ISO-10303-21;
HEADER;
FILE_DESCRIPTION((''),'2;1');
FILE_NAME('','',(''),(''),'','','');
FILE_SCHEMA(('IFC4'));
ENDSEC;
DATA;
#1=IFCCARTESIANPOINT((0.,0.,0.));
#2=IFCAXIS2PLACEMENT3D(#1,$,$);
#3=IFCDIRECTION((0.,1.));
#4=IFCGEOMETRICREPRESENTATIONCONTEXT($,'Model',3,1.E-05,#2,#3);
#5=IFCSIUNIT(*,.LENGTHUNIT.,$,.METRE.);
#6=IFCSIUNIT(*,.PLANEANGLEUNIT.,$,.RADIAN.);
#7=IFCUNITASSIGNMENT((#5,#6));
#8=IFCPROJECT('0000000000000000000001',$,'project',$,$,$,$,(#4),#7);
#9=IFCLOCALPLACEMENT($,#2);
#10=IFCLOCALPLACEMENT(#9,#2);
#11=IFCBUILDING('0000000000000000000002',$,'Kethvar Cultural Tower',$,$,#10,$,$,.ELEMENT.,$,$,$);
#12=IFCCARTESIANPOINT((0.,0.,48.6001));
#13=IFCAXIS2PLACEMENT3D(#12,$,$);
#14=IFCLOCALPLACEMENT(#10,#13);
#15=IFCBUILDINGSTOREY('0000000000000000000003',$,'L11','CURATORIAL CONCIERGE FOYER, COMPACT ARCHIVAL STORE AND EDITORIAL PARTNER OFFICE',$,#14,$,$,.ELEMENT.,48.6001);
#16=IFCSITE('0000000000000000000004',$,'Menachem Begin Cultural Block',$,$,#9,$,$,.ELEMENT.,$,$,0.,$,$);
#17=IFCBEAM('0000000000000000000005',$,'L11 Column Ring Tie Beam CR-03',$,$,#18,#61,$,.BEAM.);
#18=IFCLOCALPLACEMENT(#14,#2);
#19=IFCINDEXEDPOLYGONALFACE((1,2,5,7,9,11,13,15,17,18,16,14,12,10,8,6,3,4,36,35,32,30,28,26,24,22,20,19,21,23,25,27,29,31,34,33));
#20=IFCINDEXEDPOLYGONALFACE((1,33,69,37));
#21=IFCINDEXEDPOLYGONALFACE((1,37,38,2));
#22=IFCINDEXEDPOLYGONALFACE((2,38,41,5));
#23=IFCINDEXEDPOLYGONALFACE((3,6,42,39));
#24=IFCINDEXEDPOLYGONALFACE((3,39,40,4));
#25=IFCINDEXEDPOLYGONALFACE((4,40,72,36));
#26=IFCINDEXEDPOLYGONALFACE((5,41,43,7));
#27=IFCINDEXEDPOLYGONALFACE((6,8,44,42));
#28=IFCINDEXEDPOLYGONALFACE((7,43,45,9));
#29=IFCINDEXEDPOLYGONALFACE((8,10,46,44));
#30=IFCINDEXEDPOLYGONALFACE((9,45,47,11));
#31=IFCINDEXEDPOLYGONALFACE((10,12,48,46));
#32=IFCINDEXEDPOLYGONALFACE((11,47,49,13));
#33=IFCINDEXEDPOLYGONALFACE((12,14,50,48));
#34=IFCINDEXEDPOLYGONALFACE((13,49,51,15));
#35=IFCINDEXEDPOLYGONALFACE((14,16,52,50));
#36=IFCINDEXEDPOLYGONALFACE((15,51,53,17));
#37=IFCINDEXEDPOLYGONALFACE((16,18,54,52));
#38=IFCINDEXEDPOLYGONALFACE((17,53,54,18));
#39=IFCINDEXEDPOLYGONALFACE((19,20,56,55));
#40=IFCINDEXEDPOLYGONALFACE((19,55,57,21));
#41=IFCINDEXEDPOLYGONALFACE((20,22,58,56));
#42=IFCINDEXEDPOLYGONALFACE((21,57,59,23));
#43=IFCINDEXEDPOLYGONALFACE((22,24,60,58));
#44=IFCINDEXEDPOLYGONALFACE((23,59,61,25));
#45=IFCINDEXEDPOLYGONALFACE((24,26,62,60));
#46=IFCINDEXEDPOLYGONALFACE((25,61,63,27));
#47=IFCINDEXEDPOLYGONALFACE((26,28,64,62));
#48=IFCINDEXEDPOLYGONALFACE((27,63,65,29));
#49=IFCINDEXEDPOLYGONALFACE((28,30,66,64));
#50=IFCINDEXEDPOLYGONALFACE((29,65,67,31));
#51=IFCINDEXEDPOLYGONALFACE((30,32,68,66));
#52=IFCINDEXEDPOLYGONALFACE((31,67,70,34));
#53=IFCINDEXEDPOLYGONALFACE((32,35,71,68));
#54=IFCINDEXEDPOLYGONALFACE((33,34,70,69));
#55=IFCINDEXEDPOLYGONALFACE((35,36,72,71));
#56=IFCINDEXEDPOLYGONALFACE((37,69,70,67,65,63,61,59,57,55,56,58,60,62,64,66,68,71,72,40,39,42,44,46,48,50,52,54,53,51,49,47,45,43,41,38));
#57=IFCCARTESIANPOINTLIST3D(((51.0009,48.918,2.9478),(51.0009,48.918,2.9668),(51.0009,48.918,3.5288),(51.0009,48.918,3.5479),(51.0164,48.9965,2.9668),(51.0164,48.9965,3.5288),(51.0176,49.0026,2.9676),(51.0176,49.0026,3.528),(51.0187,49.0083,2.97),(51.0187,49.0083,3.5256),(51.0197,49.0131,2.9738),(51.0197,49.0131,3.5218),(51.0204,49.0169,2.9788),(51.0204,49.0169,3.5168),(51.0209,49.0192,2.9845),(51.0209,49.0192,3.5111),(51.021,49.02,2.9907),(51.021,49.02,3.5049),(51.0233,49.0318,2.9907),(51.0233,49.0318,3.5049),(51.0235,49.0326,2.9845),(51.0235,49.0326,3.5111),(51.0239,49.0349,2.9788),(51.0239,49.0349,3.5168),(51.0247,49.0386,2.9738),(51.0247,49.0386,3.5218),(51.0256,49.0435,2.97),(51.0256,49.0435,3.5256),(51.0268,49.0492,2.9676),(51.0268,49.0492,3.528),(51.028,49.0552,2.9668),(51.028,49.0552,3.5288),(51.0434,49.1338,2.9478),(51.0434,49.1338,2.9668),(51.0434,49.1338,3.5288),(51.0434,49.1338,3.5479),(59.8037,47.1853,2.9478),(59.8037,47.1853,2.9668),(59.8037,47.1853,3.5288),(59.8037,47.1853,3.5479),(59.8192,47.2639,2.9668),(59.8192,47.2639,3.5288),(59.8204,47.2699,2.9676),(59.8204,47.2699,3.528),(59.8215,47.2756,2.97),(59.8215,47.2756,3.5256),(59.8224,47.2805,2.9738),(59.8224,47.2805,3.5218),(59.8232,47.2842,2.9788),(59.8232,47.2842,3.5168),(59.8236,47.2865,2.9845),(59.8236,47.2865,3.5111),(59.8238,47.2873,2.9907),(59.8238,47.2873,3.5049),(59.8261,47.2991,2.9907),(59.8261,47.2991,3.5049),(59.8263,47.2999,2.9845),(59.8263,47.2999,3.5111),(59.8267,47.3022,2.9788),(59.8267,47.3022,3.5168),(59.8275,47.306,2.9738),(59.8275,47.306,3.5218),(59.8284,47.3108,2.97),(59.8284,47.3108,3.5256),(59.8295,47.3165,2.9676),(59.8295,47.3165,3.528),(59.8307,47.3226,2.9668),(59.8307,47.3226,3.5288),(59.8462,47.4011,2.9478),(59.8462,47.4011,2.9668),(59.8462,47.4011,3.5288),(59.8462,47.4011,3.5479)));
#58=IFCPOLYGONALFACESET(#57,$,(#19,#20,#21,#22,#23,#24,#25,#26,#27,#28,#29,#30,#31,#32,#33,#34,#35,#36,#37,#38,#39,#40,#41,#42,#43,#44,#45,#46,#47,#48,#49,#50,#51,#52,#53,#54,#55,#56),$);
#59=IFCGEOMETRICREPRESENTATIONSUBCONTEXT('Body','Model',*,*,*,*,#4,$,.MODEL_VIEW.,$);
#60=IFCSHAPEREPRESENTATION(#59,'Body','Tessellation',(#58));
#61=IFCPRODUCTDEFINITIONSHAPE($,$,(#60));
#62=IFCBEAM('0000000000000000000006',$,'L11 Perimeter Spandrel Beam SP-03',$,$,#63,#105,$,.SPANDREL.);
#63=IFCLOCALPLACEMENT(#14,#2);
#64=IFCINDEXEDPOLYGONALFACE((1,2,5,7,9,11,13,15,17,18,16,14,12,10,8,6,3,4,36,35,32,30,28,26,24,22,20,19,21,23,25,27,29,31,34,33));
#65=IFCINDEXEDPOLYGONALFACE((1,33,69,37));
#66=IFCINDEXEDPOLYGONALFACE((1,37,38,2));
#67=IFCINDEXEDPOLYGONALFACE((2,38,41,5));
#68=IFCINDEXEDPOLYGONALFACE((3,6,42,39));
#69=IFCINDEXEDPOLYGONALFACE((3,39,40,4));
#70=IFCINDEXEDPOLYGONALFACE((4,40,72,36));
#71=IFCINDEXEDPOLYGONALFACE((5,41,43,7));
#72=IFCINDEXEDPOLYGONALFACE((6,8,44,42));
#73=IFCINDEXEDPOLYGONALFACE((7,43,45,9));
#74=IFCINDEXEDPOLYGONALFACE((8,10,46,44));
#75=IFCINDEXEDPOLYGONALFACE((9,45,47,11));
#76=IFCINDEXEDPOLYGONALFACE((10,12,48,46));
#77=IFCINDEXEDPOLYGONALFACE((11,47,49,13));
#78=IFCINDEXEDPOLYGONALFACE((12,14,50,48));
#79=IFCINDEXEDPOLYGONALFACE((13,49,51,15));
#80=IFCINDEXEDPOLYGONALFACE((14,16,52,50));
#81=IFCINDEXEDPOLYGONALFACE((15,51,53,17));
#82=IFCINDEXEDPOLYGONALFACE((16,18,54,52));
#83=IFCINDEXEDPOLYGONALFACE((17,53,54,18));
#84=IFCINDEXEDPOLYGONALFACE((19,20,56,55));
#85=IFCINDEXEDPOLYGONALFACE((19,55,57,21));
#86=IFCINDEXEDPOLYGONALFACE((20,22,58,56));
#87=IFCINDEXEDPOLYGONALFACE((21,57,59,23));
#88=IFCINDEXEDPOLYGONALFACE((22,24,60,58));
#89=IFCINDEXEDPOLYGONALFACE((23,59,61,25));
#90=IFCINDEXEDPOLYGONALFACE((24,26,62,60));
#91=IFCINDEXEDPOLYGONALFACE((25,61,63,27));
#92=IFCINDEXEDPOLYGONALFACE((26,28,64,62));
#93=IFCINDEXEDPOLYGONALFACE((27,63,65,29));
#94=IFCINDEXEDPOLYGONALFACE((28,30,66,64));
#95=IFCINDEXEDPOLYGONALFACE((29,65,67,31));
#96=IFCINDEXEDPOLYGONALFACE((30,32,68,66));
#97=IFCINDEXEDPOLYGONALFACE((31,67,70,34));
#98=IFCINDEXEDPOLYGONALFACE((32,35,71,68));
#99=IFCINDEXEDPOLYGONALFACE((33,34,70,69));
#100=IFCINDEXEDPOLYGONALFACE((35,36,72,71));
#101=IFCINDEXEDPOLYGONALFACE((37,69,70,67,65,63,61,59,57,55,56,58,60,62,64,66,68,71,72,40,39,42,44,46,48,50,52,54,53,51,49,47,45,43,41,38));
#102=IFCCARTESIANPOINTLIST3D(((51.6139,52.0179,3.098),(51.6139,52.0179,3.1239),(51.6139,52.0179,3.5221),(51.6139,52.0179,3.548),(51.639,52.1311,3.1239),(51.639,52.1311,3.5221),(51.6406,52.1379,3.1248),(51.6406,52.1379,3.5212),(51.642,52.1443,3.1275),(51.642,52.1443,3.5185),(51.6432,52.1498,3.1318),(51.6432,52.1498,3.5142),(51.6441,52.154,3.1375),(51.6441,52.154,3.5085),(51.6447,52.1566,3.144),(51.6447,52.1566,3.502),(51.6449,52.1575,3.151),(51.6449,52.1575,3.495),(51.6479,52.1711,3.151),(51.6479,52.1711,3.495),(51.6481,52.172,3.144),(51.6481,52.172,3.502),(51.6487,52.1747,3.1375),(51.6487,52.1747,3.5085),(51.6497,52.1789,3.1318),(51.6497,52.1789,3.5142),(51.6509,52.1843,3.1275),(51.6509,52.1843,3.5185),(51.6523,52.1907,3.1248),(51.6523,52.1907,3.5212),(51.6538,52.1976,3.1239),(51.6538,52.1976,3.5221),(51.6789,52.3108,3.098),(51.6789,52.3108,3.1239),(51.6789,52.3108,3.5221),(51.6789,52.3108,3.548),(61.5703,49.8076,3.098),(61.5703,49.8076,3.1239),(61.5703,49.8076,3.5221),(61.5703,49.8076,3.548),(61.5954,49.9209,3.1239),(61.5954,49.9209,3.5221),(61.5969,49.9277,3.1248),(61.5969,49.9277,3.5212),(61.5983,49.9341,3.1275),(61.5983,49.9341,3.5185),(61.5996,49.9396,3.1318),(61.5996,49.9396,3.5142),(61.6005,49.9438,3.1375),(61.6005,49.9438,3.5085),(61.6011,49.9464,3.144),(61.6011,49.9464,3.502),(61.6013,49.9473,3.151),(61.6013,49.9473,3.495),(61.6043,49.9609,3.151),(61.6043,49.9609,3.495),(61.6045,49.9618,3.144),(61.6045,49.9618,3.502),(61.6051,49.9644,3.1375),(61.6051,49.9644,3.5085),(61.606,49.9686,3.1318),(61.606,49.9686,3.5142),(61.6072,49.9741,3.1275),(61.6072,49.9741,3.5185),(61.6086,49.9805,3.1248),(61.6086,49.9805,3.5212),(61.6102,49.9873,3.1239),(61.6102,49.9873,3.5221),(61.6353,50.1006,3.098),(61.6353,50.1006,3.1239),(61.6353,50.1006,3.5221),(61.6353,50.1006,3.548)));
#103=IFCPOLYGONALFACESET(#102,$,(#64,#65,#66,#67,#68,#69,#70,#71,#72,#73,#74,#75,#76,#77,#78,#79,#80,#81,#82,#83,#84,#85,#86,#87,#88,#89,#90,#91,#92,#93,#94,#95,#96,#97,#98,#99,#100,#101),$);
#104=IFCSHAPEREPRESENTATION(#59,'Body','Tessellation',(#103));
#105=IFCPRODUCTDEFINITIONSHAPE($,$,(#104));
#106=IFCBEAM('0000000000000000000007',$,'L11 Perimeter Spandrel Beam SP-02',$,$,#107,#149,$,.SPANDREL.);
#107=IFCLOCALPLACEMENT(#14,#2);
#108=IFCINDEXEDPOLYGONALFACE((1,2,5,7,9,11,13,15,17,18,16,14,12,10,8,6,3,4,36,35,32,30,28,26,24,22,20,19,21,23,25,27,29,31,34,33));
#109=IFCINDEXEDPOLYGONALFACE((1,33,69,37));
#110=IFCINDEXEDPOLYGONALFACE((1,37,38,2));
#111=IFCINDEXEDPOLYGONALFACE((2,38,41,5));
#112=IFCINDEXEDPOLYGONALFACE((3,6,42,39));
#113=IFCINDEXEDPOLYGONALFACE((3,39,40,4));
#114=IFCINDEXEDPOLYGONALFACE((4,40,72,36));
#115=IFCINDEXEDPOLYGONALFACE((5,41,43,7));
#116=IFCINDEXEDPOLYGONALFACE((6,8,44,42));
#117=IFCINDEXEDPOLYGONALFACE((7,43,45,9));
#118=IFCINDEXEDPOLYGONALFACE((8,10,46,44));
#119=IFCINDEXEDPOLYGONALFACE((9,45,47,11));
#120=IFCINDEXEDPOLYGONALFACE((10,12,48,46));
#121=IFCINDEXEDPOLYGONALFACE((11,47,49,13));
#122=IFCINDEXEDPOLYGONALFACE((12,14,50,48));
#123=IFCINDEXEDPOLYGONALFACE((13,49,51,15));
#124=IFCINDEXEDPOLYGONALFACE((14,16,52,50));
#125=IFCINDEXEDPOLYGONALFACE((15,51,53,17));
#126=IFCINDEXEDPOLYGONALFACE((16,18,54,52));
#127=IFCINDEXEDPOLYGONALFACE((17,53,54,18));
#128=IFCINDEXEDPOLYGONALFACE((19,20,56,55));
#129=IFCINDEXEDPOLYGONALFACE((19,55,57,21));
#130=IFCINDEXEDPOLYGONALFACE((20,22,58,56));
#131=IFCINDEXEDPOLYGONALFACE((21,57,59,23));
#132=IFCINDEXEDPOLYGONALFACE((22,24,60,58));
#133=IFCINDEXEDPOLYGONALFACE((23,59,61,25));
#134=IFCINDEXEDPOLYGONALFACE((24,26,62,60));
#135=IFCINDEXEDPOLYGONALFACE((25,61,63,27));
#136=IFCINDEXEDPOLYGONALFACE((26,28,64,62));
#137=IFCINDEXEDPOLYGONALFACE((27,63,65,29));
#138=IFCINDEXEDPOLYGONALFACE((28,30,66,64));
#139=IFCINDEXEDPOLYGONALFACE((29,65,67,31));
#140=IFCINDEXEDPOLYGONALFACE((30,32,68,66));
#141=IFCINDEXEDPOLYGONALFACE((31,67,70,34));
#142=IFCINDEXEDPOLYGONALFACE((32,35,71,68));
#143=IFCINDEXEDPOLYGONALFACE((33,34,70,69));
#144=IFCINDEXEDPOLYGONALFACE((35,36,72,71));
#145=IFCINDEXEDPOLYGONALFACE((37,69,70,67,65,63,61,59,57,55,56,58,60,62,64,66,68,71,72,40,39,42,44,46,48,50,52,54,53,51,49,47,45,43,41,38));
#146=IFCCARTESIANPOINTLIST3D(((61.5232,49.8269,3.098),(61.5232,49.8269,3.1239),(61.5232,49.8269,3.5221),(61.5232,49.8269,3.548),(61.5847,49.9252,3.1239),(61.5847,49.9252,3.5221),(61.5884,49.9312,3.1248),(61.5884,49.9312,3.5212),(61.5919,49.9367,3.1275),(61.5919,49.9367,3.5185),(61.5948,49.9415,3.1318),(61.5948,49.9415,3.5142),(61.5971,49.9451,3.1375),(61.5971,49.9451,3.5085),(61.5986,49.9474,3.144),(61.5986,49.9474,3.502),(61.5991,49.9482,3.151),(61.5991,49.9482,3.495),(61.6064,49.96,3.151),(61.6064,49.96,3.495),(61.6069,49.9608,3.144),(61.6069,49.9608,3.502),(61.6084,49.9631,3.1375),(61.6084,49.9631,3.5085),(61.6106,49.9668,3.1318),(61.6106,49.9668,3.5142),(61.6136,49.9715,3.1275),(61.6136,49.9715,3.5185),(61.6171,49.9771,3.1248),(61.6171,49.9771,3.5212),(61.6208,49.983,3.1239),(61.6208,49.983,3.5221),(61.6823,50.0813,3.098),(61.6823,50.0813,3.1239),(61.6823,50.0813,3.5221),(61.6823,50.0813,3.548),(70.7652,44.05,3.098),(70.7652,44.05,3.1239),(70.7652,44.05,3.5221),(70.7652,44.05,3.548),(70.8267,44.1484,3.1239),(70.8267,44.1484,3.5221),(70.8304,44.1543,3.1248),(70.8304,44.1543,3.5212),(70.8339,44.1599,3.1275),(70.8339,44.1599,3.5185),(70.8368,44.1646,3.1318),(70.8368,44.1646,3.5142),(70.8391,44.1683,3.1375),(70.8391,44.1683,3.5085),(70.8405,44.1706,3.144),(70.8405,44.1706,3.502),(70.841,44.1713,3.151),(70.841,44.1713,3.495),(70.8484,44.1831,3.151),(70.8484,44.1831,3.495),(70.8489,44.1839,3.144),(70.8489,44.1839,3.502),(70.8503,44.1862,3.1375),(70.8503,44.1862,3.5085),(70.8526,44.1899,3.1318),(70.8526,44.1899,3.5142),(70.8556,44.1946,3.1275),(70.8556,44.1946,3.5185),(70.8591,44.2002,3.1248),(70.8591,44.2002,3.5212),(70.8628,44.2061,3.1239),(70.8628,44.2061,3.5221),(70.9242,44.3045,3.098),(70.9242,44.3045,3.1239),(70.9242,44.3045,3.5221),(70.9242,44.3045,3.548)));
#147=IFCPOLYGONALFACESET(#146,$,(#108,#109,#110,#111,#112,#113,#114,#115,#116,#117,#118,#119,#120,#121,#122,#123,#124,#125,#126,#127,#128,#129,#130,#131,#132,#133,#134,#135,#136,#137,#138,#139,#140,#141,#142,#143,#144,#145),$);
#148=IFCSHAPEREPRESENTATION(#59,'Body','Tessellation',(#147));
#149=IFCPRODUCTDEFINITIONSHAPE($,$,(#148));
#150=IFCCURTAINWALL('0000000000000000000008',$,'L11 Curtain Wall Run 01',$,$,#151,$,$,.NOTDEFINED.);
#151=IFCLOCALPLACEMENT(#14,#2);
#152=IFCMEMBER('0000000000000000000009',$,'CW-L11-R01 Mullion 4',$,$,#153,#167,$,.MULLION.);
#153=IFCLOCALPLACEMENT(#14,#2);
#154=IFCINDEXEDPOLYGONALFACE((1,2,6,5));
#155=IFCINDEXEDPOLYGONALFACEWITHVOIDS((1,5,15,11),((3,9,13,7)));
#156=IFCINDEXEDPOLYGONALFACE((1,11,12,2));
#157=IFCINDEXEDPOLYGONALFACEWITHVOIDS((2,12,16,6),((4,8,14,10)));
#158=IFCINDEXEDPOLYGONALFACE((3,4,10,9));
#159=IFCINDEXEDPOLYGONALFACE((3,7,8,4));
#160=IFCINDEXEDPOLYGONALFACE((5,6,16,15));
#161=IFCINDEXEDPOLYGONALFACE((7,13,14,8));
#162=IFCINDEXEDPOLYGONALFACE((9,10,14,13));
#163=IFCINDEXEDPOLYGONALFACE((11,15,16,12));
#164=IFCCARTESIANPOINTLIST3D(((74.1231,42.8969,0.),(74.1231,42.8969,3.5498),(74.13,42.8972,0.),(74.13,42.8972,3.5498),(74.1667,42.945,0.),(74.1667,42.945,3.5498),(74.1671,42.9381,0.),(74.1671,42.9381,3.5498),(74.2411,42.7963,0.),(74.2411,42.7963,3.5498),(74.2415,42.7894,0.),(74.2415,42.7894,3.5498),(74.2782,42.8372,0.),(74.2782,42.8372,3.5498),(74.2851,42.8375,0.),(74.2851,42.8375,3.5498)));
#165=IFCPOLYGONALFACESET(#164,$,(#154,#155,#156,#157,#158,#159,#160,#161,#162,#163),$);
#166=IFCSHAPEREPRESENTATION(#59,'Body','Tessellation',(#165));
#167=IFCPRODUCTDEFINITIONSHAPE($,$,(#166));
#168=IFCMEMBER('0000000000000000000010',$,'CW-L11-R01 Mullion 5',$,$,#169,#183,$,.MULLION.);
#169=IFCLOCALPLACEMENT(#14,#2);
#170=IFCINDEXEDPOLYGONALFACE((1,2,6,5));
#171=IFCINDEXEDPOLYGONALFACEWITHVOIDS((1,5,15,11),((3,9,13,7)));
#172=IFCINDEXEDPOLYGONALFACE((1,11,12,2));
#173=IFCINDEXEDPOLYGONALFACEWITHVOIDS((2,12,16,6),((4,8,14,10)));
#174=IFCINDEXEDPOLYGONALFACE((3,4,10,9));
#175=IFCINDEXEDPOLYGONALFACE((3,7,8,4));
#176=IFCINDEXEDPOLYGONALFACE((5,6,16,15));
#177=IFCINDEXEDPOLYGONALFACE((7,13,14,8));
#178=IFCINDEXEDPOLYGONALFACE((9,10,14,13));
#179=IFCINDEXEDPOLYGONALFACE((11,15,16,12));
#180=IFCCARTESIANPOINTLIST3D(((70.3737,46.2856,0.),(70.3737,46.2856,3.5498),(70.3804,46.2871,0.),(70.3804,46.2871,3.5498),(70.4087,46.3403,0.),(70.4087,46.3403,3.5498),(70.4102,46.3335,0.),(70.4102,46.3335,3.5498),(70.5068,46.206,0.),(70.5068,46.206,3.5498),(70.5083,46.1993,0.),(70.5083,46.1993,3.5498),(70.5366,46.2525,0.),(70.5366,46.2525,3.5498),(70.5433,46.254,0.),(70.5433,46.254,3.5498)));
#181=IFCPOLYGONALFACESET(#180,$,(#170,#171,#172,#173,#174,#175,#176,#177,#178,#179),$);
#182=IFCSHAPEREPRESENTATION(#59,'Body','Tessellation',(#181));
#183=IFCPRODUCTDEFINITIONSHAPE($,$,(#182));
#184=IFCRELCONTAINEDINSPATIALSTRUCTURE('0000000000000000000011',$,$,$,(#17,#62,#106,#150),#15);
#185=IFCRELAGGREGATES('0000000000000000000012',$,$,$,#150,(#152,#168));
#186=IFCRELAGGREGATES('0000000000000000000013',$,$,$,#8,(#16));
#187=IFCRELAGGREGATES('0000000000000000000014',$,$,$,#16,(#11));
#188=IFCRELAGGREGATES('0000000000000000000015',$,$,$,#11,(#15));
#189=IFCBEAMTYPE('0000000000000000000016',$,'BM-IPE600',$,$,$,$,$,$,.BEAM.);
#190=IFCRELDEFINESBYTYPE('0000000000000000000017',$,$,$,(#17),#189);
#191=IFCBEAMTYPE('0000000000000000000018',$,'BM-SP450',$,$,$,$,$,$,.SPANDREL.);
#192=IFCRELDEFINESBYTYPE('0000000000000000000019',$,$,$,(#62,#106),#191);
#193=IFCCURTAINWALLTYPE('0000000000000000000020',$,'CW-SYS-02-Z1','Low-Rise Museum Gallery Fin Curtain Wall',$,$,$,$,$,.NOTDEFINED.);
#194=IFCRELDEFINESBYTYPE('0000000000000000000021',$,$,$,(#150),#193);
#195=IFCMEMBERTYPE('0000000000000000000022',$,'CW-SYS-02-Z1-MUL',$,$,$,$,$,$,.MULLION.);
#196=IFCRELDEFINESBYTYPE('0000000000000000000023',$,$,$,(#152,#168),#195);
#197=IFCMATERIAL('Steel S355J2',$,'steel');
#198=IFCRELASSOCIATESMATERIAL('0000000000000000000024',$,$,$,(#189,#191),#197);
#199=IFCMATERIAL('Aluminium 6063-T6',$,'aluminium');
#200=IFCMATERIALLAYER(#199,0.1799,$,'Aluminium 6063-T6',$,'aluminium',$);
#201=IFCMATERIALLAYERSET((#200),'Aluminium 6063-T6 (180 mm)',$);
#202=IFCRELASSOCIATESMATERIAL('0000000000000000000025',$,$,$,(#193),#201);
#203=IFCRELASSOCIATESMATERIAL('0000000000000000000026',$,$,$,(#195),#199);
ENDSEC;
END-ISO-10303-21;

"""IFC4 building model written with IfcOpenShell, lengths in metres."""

from ifc_helpers import new_model, si_unit, direction, frame, origin, origin_2d, place, context, subcontext, project, spatial, hollow_rectangle, i_section, extrude, source, transform, mapped, material, layer, layer_set, material_profile, profile_set, type_object, element, aggregate, save


model = new_model("IFC4")

# Units and contexts
model_context = context("Model", 3, precision=1e-05, world=origin(), true_north=direction((0.0, 1.0)))
body_context = subcontext(model_context, "Body", "Model", "MODEL_VIEW")
ifc_project = project(units=[si_unit("LENGTHUNIT", "METRE"), si_unit("PLANEANGLEUNIT", "RADIAN")], contexts=[model_context])

# Site, building, storey
site_placement = place(None, origin())
site = spatial("IfcSite", under=ifc_project, at=site_placement, Name="Menachem Begin Cultural Block", CompositionType="ELEMENT", RefElevation=0.0)
building_placement = place(site_placement, origin())
building = spatial("IfcBuilding", under=site, at=building_placement, Name="Kethvar Cultural Tower", CompositionType="ELEMENT")
storey_placement = place(building_placement, frame((0.0, 0.0, 48.6001)))
storey = spatial("IfcBuildingStorey", under=building, at=storey_placement, Name="L11", Description="CURATORIAL CONCIERGE FOYER, COMPACT ARCHIVAL STORE AND EDITORIAL PARTNER OFFICE", CompositionType="ELEMENT", Elevation=48.6001)

# Beams
ifc_material_1 = material(Name="Steel S355J2", Category="steel")
ifc_material_profile_1 = material_profile(ifc_material_1, i_section(OverallWidth=0.22, OverallDepth=0.6001, WebThickness=0.012, FlangeThickness=0.019, FilletRadius=0.0239, at=origin_2d()), Name="Steel S355J2 — IPE600")
ifc_profile_set_1 = profile_set([ifc_material_profile_1], Name="Steel S355J2 — IPE600")
beam_type_1 = type_object("IfcBeamType", Name="BM-IPE600", PredefinedType="BEAM", material=ifc_profile_set_1)
shared_shape_1 = source(origin(), body_context, "Body", "SweptSolid", [
    extrude(i_section(OverallWidth=0.22, OverallDepth=0.6001, WebThickness=0.012, FlangeThickness=0.019, FilletRadius=0.0239, at=origin_2d()), origin(), (0.0, 0.0, 1.0), 8.9717),
])
beam_1_placement = place(storey_placement, frame((59.825, 47.2932, 3.2478), z_axis=(-0.981174, 0.193127, 0.0), x_axis=(-0.193127, -0.981174, 0.0)))
element("IfcBeam", 1, at=beam_1_placement, inside=storey, type_object=beam_type_1, Name="L11 Column Ring Tie Beam CR-03", PredefinedType="BEAM", context=body_context, shape_type="MappedRepresentation", body=[
    mapped(shared_shape_1, transform((0.0, 0.0, 0.0), scale=1.0)),
])
ifc_material_profile_2 = material_profile(ifc_material_1, i_section(OverallWidth=0.3, OverallDepth=0.45, WebThickness=0.0139, FlangeThickness=0.0259, FilletRadius=0.0271, at=origin_2d()), Name="Steel S355J2 — HEB450")
ifc_profile_set_2 = profile_set([ifc_material_profile_2], Name="Steel S355J2 — HEB450")
beam_type_2 = type_object("IfcBeamType", Name="BM-SP450", PredefinedType="SPANDREL", material=ifc_profile_set_2)
shared_shape_2 = source(origin(), body_context, "Body", "SweptSolid", [
    extrude(i_section(OverallWidth=0.3, OverallDepth=0.45, WebThickness=0.0139, FlangeThickness=0.0259, FilletRadius=0.0271, at=origin_2d()), origin(), (0.0, 0.0, 1.0), 10.1987),
])
beam_2_placement = place(storey_placement, frame((61.6028, 49.9541, 3.323), z_axis=(-0.976235, 0.216715, 0.0), x_axis=(-0.216715, -0.976235, 0.0)))
element("IfcBeam", 2, at=beam_2_placement, inside=storey, type_object=beam_type_2, Name="L11 Perimeter Spandrel Beam SP-03", PredefinedType="SPANDREL", context=body_context, shape_type="MappedRepresentation", body=[
    mapped(shared_shape_2, transform((0.0, 0.0, 0.0), scale=1.0)),
])
shared_shape_3 = source(origin(), body_context, "Body", "SweptSolid", [
    extrude(i_section(OverallWidth=0.3, OverallDepth=0.45, WebThickness=0.0139, FlangeThickness=0.0259, FilletRadius=0.0271, at=origin_2d()), origin(), (0.0, 0.0, 1.0), 10.8989),
])
beam_3_placement = place(storey_placement, frame((70.8447, 44.1772, 3.323), z_axis=(-0.847972, 0.530041, 0.0), x_axis=(-0.530041, -0.847972, 0.0)))
element("IfcBeam", 3, at=beam_3_placement, inside=storey, type_object=beam_type_2, Name="L11 Perimeter Spandrel Beam SP-02", PredefinedType="SPANDREL", context=body_context, shape_type="MappedRepresentation", body=[
    mapped(shared_shape_3, transform((0.0, 0.0, 0.0), scale=1.0)),
])

# Curtain wall, members
ifc_material_2 = material(Name="Aluminium 6063-T6", Category="aluminium")
ifc_layer_1 = layer(ifc_material_2, 0.1799, Name="Aluminium 6063-T6", Category="aluminium")
ifc_layer_set_1 = layer_set([ifc_layer_1], Name="Aluminium 6063-T6 (180 mm)")
curtain_wall_type = type_object("IfcCurtainWallType", Name="CW-SYS-02-Z1", Description="Low-Rise Museum Gallery Fin Curtain Wall", PredefinedType="NOTDEFINED", material=ifc_layer_set_1)
curtain_wall_1_placement = place(storey_placement, origin())
curtain_wall_1 = element("IfcCurtainWall", 4, at=curtain_wall_1_placement, inside=storey, type_object=curtain_wall_type, Name="L11 Curtain Wall Run 01", PredefinedType="NOTDEFINED")
ifc_material_profile_3 = material_profile(ifc_material_2, hollow_rectangle(XDim=0.0649, YDim=0.1599, WallThickness=0.0049, at=origin_2d()), Name="Aluminium 6063-T6 — RHS160x65x5")
ifc_profile_set_3 = profile_set([ifc_material_profile_3], Name="Aluminium 6063-T6 — RHS160x65x5")
member_type_1 = type_object("IfcMemberType", Name="CW-SYS-02-Z1-MUL", PredefinedType="MULLION", material=ifc_profile_set_3)
shared_shape_4 = source(origin(), body_context, "Body", "SweptSolid", [
    extrude(hollow_rectangle(XDim=0.0649, YDim=0.1599, WallThickness=0.0049, at=origin_2d()), origin(), (0.0, 0.0, 1.0), 3.5498),
])
member_1_placement = place(storey_placement, frame((74.2041, 42.8672, 0.0), z_axis=(0.0, 0.0, 1.0), x_axis=(-0.672121, -0.740441, 0.0)))
member_1 = element("IfcMember", 5, at=member_1_placement, type_object=member_type_1, Name="CW-L11-R01 Mullion 4", PredefinedType="MULLION", context=body_context, shape_type="MappedRepresentation", body=[
    mapped(shared_shape_4, transform((0.0, 0.0, 0.0), scale=1.0)),
])
member_2_placement = place(storey_placement, frame((70.4585, 46.2698, 0.0), z_axis=(0.0, 0.0, 1.0), x_axis=(-0.53952, -0.841972, 0.0)))
member_2 = element("IfcMember", 6, at=member_2_placement, type_object=member_type_1, Name="CW-L11-R01 Mullion 5", PredefinedType="MULLION", context=body_context, shape_type="MappedRepresentation", body=[
    mapped(shared_shape_4, transform((0.0, 0.0, 0.0), scale=1.0)),
])

aggregate(curtain_wall_1, [member_1, member_2])

save(model, "model.ifc")
